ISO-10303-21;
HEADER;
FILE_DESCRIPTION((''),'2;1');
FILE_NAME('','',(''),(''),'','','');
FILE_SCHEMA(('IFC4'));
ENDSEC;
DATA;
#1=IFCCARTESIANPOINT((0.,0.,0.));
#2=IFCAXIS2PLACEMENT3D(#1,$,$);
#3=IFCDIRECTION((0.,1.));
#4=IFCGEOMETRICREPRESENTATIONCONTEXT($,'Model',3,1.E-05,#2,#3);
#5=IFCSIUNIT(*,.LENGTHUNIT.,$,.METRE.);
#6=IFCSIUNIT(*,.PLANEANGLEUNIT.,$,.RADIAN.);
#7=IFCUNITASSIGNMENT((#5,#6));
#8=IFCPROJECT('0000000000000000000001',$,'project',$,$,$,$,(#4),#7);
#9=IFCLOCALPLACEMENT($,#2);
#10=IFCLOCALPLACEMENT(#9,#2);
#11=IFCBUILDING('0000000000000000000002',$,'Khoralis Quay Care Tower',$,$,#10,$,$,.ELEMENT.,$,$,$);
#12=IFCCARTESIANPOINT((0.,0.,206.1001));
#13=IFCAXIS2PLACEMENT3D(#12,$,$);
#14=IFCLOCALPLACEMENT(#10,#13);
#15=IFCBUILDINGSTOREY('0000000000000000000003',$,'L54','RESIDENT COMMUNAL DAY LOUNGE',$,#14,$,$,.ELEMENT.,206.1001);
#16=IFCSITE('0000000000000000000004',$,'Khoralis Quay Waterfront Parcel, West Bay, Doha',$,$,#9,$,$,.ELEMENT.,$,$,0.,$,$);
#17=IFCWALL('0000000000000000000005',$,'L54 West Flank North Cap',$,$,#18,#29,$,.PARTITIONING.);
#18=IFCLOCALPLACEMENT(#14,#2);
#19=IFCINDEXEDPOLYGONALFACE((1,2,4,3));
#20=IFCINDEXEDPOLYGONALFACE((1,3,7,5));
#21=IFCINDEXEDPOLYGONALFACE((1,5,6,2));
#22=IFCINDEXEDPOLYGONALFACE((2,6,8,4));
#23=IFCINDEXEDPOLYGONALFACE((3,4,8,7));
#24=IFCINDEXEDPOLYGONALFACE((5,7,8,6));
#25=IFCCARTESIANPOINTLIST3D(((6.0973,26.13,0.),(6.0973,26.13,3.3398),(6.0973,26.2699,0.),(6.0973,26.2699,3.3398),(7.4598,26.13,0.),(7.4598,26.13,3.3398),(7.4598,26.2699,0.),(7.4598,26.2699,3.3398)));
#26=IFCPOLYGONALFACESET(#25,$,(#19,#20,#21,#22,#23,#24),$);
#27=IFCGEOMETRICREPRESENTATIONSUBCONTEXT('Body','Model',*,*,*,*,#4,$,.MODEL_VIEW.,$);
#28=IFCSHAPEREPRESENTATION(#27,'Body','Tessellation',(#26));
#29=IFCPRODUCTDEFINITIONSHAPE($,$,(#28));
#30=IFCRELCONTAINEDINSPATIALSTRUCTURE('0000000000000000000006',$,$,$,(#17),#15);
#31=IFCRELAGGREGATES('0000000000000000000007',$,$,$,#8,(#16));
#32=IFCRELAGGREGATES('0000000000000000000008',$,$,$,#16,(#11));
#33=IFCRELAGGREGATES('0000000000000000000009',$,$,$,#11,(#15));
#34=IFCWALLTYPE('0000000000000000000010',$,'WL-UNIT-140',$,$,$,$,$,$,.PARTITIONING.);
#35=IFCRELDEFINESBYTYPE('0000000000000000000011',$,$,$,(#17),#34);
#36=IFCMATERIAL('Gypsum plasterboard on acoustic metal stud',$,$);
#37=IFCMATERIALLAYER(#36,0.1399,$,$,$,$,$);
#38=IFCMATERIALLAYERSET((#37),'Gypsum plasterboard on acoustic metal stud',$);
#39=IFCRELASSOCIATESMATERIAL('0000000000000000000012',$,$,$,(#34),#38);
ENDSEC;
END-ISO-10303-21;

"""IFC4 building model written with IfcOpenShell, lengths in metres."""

from ifc_helpers import new_model, si_unit, direction, frame, frame_2d, origin, place, context, subcontext, project, spatial, rectangle, extrude, material, layer, layer_set, type_object, element, save


model = new_model("IFC4")

# Units and contexts
model_context = context("Model", 3, precision=1e-05, world=origin(), true_north=direction((0.0, 1.0)))
body_context = subcontext(model_context, "Body", "Model", "MODEL_VIEW")
ifc_project = project(units=[si_unit("LENGTHUNIT", "METRE"), si_unit("PLANEANGLEUNIT", "RADIAN")], contexts=[model_context])

# Site, building, storey
site_placement = place(None, origin())
site = spatial("IfcSite", under=ifc_project, at=site_placement, Name="Khoralis Quay Waterfront Parcel, West Bay, Doha", CompositionType="ELEMENT", RefElevation=0.0)
building_placement = place(site_placement, origin())
building = spatial("IfcBuilding", under=site, at=building_placement, Name="Khoralis Quay Care Tower", CompositionType="ELEMENT")
storey_placement = place(building_placement, frame((0.0, 0.0, 206.1001)))
storey = spatial("IfcBuildingStorey", under=building, at=storey_placement, Name="L54", Description="RESIDENT COMMUNAL DAY LOUNGE", CompositionType="ELEMENT", Elevation=206.1001)

# Shared definitions
ifc_material_1 = material(Name="Gypsum plasterboard on acoustic metal stud")

# Shared definitions
ifc_layer_1 = layer(ifc_material_1, 0.1399)
ifc_layer_set_1 = layer_set([ifc_layer_1], Name="Gypsum plasterboard on acoustic metal stud")
wall_type_1 = type_object("IfcWallType", Name="WL-UNIT-140", PredefinedType="PARTITIONING", material=ifc_layer_set_1)

# Wall
wall_1_placement = place(storey_placement, frame((6.0974, 26.2, 0.0), z_axis=(0.0, 0.0, 1.0), x_axis=(1.0, 0.0, 0.0)))
element("IfcWall", 1, at=wall_1_placement, inside=storey, type_object=wall_type_1, Name="L54 West Flank North Cap", PredefinedType="PARTITIONING", context=body_context, shape_type="SweptSolid", body=[
    extrude(rectangle(XDim=1.3625, YDim=0.1399, at=frame_2d((0.6812, 0.0))), origin(), (0.0, 0.0, 1.0), 3.3398),
])

save(model, "model.ifc")
